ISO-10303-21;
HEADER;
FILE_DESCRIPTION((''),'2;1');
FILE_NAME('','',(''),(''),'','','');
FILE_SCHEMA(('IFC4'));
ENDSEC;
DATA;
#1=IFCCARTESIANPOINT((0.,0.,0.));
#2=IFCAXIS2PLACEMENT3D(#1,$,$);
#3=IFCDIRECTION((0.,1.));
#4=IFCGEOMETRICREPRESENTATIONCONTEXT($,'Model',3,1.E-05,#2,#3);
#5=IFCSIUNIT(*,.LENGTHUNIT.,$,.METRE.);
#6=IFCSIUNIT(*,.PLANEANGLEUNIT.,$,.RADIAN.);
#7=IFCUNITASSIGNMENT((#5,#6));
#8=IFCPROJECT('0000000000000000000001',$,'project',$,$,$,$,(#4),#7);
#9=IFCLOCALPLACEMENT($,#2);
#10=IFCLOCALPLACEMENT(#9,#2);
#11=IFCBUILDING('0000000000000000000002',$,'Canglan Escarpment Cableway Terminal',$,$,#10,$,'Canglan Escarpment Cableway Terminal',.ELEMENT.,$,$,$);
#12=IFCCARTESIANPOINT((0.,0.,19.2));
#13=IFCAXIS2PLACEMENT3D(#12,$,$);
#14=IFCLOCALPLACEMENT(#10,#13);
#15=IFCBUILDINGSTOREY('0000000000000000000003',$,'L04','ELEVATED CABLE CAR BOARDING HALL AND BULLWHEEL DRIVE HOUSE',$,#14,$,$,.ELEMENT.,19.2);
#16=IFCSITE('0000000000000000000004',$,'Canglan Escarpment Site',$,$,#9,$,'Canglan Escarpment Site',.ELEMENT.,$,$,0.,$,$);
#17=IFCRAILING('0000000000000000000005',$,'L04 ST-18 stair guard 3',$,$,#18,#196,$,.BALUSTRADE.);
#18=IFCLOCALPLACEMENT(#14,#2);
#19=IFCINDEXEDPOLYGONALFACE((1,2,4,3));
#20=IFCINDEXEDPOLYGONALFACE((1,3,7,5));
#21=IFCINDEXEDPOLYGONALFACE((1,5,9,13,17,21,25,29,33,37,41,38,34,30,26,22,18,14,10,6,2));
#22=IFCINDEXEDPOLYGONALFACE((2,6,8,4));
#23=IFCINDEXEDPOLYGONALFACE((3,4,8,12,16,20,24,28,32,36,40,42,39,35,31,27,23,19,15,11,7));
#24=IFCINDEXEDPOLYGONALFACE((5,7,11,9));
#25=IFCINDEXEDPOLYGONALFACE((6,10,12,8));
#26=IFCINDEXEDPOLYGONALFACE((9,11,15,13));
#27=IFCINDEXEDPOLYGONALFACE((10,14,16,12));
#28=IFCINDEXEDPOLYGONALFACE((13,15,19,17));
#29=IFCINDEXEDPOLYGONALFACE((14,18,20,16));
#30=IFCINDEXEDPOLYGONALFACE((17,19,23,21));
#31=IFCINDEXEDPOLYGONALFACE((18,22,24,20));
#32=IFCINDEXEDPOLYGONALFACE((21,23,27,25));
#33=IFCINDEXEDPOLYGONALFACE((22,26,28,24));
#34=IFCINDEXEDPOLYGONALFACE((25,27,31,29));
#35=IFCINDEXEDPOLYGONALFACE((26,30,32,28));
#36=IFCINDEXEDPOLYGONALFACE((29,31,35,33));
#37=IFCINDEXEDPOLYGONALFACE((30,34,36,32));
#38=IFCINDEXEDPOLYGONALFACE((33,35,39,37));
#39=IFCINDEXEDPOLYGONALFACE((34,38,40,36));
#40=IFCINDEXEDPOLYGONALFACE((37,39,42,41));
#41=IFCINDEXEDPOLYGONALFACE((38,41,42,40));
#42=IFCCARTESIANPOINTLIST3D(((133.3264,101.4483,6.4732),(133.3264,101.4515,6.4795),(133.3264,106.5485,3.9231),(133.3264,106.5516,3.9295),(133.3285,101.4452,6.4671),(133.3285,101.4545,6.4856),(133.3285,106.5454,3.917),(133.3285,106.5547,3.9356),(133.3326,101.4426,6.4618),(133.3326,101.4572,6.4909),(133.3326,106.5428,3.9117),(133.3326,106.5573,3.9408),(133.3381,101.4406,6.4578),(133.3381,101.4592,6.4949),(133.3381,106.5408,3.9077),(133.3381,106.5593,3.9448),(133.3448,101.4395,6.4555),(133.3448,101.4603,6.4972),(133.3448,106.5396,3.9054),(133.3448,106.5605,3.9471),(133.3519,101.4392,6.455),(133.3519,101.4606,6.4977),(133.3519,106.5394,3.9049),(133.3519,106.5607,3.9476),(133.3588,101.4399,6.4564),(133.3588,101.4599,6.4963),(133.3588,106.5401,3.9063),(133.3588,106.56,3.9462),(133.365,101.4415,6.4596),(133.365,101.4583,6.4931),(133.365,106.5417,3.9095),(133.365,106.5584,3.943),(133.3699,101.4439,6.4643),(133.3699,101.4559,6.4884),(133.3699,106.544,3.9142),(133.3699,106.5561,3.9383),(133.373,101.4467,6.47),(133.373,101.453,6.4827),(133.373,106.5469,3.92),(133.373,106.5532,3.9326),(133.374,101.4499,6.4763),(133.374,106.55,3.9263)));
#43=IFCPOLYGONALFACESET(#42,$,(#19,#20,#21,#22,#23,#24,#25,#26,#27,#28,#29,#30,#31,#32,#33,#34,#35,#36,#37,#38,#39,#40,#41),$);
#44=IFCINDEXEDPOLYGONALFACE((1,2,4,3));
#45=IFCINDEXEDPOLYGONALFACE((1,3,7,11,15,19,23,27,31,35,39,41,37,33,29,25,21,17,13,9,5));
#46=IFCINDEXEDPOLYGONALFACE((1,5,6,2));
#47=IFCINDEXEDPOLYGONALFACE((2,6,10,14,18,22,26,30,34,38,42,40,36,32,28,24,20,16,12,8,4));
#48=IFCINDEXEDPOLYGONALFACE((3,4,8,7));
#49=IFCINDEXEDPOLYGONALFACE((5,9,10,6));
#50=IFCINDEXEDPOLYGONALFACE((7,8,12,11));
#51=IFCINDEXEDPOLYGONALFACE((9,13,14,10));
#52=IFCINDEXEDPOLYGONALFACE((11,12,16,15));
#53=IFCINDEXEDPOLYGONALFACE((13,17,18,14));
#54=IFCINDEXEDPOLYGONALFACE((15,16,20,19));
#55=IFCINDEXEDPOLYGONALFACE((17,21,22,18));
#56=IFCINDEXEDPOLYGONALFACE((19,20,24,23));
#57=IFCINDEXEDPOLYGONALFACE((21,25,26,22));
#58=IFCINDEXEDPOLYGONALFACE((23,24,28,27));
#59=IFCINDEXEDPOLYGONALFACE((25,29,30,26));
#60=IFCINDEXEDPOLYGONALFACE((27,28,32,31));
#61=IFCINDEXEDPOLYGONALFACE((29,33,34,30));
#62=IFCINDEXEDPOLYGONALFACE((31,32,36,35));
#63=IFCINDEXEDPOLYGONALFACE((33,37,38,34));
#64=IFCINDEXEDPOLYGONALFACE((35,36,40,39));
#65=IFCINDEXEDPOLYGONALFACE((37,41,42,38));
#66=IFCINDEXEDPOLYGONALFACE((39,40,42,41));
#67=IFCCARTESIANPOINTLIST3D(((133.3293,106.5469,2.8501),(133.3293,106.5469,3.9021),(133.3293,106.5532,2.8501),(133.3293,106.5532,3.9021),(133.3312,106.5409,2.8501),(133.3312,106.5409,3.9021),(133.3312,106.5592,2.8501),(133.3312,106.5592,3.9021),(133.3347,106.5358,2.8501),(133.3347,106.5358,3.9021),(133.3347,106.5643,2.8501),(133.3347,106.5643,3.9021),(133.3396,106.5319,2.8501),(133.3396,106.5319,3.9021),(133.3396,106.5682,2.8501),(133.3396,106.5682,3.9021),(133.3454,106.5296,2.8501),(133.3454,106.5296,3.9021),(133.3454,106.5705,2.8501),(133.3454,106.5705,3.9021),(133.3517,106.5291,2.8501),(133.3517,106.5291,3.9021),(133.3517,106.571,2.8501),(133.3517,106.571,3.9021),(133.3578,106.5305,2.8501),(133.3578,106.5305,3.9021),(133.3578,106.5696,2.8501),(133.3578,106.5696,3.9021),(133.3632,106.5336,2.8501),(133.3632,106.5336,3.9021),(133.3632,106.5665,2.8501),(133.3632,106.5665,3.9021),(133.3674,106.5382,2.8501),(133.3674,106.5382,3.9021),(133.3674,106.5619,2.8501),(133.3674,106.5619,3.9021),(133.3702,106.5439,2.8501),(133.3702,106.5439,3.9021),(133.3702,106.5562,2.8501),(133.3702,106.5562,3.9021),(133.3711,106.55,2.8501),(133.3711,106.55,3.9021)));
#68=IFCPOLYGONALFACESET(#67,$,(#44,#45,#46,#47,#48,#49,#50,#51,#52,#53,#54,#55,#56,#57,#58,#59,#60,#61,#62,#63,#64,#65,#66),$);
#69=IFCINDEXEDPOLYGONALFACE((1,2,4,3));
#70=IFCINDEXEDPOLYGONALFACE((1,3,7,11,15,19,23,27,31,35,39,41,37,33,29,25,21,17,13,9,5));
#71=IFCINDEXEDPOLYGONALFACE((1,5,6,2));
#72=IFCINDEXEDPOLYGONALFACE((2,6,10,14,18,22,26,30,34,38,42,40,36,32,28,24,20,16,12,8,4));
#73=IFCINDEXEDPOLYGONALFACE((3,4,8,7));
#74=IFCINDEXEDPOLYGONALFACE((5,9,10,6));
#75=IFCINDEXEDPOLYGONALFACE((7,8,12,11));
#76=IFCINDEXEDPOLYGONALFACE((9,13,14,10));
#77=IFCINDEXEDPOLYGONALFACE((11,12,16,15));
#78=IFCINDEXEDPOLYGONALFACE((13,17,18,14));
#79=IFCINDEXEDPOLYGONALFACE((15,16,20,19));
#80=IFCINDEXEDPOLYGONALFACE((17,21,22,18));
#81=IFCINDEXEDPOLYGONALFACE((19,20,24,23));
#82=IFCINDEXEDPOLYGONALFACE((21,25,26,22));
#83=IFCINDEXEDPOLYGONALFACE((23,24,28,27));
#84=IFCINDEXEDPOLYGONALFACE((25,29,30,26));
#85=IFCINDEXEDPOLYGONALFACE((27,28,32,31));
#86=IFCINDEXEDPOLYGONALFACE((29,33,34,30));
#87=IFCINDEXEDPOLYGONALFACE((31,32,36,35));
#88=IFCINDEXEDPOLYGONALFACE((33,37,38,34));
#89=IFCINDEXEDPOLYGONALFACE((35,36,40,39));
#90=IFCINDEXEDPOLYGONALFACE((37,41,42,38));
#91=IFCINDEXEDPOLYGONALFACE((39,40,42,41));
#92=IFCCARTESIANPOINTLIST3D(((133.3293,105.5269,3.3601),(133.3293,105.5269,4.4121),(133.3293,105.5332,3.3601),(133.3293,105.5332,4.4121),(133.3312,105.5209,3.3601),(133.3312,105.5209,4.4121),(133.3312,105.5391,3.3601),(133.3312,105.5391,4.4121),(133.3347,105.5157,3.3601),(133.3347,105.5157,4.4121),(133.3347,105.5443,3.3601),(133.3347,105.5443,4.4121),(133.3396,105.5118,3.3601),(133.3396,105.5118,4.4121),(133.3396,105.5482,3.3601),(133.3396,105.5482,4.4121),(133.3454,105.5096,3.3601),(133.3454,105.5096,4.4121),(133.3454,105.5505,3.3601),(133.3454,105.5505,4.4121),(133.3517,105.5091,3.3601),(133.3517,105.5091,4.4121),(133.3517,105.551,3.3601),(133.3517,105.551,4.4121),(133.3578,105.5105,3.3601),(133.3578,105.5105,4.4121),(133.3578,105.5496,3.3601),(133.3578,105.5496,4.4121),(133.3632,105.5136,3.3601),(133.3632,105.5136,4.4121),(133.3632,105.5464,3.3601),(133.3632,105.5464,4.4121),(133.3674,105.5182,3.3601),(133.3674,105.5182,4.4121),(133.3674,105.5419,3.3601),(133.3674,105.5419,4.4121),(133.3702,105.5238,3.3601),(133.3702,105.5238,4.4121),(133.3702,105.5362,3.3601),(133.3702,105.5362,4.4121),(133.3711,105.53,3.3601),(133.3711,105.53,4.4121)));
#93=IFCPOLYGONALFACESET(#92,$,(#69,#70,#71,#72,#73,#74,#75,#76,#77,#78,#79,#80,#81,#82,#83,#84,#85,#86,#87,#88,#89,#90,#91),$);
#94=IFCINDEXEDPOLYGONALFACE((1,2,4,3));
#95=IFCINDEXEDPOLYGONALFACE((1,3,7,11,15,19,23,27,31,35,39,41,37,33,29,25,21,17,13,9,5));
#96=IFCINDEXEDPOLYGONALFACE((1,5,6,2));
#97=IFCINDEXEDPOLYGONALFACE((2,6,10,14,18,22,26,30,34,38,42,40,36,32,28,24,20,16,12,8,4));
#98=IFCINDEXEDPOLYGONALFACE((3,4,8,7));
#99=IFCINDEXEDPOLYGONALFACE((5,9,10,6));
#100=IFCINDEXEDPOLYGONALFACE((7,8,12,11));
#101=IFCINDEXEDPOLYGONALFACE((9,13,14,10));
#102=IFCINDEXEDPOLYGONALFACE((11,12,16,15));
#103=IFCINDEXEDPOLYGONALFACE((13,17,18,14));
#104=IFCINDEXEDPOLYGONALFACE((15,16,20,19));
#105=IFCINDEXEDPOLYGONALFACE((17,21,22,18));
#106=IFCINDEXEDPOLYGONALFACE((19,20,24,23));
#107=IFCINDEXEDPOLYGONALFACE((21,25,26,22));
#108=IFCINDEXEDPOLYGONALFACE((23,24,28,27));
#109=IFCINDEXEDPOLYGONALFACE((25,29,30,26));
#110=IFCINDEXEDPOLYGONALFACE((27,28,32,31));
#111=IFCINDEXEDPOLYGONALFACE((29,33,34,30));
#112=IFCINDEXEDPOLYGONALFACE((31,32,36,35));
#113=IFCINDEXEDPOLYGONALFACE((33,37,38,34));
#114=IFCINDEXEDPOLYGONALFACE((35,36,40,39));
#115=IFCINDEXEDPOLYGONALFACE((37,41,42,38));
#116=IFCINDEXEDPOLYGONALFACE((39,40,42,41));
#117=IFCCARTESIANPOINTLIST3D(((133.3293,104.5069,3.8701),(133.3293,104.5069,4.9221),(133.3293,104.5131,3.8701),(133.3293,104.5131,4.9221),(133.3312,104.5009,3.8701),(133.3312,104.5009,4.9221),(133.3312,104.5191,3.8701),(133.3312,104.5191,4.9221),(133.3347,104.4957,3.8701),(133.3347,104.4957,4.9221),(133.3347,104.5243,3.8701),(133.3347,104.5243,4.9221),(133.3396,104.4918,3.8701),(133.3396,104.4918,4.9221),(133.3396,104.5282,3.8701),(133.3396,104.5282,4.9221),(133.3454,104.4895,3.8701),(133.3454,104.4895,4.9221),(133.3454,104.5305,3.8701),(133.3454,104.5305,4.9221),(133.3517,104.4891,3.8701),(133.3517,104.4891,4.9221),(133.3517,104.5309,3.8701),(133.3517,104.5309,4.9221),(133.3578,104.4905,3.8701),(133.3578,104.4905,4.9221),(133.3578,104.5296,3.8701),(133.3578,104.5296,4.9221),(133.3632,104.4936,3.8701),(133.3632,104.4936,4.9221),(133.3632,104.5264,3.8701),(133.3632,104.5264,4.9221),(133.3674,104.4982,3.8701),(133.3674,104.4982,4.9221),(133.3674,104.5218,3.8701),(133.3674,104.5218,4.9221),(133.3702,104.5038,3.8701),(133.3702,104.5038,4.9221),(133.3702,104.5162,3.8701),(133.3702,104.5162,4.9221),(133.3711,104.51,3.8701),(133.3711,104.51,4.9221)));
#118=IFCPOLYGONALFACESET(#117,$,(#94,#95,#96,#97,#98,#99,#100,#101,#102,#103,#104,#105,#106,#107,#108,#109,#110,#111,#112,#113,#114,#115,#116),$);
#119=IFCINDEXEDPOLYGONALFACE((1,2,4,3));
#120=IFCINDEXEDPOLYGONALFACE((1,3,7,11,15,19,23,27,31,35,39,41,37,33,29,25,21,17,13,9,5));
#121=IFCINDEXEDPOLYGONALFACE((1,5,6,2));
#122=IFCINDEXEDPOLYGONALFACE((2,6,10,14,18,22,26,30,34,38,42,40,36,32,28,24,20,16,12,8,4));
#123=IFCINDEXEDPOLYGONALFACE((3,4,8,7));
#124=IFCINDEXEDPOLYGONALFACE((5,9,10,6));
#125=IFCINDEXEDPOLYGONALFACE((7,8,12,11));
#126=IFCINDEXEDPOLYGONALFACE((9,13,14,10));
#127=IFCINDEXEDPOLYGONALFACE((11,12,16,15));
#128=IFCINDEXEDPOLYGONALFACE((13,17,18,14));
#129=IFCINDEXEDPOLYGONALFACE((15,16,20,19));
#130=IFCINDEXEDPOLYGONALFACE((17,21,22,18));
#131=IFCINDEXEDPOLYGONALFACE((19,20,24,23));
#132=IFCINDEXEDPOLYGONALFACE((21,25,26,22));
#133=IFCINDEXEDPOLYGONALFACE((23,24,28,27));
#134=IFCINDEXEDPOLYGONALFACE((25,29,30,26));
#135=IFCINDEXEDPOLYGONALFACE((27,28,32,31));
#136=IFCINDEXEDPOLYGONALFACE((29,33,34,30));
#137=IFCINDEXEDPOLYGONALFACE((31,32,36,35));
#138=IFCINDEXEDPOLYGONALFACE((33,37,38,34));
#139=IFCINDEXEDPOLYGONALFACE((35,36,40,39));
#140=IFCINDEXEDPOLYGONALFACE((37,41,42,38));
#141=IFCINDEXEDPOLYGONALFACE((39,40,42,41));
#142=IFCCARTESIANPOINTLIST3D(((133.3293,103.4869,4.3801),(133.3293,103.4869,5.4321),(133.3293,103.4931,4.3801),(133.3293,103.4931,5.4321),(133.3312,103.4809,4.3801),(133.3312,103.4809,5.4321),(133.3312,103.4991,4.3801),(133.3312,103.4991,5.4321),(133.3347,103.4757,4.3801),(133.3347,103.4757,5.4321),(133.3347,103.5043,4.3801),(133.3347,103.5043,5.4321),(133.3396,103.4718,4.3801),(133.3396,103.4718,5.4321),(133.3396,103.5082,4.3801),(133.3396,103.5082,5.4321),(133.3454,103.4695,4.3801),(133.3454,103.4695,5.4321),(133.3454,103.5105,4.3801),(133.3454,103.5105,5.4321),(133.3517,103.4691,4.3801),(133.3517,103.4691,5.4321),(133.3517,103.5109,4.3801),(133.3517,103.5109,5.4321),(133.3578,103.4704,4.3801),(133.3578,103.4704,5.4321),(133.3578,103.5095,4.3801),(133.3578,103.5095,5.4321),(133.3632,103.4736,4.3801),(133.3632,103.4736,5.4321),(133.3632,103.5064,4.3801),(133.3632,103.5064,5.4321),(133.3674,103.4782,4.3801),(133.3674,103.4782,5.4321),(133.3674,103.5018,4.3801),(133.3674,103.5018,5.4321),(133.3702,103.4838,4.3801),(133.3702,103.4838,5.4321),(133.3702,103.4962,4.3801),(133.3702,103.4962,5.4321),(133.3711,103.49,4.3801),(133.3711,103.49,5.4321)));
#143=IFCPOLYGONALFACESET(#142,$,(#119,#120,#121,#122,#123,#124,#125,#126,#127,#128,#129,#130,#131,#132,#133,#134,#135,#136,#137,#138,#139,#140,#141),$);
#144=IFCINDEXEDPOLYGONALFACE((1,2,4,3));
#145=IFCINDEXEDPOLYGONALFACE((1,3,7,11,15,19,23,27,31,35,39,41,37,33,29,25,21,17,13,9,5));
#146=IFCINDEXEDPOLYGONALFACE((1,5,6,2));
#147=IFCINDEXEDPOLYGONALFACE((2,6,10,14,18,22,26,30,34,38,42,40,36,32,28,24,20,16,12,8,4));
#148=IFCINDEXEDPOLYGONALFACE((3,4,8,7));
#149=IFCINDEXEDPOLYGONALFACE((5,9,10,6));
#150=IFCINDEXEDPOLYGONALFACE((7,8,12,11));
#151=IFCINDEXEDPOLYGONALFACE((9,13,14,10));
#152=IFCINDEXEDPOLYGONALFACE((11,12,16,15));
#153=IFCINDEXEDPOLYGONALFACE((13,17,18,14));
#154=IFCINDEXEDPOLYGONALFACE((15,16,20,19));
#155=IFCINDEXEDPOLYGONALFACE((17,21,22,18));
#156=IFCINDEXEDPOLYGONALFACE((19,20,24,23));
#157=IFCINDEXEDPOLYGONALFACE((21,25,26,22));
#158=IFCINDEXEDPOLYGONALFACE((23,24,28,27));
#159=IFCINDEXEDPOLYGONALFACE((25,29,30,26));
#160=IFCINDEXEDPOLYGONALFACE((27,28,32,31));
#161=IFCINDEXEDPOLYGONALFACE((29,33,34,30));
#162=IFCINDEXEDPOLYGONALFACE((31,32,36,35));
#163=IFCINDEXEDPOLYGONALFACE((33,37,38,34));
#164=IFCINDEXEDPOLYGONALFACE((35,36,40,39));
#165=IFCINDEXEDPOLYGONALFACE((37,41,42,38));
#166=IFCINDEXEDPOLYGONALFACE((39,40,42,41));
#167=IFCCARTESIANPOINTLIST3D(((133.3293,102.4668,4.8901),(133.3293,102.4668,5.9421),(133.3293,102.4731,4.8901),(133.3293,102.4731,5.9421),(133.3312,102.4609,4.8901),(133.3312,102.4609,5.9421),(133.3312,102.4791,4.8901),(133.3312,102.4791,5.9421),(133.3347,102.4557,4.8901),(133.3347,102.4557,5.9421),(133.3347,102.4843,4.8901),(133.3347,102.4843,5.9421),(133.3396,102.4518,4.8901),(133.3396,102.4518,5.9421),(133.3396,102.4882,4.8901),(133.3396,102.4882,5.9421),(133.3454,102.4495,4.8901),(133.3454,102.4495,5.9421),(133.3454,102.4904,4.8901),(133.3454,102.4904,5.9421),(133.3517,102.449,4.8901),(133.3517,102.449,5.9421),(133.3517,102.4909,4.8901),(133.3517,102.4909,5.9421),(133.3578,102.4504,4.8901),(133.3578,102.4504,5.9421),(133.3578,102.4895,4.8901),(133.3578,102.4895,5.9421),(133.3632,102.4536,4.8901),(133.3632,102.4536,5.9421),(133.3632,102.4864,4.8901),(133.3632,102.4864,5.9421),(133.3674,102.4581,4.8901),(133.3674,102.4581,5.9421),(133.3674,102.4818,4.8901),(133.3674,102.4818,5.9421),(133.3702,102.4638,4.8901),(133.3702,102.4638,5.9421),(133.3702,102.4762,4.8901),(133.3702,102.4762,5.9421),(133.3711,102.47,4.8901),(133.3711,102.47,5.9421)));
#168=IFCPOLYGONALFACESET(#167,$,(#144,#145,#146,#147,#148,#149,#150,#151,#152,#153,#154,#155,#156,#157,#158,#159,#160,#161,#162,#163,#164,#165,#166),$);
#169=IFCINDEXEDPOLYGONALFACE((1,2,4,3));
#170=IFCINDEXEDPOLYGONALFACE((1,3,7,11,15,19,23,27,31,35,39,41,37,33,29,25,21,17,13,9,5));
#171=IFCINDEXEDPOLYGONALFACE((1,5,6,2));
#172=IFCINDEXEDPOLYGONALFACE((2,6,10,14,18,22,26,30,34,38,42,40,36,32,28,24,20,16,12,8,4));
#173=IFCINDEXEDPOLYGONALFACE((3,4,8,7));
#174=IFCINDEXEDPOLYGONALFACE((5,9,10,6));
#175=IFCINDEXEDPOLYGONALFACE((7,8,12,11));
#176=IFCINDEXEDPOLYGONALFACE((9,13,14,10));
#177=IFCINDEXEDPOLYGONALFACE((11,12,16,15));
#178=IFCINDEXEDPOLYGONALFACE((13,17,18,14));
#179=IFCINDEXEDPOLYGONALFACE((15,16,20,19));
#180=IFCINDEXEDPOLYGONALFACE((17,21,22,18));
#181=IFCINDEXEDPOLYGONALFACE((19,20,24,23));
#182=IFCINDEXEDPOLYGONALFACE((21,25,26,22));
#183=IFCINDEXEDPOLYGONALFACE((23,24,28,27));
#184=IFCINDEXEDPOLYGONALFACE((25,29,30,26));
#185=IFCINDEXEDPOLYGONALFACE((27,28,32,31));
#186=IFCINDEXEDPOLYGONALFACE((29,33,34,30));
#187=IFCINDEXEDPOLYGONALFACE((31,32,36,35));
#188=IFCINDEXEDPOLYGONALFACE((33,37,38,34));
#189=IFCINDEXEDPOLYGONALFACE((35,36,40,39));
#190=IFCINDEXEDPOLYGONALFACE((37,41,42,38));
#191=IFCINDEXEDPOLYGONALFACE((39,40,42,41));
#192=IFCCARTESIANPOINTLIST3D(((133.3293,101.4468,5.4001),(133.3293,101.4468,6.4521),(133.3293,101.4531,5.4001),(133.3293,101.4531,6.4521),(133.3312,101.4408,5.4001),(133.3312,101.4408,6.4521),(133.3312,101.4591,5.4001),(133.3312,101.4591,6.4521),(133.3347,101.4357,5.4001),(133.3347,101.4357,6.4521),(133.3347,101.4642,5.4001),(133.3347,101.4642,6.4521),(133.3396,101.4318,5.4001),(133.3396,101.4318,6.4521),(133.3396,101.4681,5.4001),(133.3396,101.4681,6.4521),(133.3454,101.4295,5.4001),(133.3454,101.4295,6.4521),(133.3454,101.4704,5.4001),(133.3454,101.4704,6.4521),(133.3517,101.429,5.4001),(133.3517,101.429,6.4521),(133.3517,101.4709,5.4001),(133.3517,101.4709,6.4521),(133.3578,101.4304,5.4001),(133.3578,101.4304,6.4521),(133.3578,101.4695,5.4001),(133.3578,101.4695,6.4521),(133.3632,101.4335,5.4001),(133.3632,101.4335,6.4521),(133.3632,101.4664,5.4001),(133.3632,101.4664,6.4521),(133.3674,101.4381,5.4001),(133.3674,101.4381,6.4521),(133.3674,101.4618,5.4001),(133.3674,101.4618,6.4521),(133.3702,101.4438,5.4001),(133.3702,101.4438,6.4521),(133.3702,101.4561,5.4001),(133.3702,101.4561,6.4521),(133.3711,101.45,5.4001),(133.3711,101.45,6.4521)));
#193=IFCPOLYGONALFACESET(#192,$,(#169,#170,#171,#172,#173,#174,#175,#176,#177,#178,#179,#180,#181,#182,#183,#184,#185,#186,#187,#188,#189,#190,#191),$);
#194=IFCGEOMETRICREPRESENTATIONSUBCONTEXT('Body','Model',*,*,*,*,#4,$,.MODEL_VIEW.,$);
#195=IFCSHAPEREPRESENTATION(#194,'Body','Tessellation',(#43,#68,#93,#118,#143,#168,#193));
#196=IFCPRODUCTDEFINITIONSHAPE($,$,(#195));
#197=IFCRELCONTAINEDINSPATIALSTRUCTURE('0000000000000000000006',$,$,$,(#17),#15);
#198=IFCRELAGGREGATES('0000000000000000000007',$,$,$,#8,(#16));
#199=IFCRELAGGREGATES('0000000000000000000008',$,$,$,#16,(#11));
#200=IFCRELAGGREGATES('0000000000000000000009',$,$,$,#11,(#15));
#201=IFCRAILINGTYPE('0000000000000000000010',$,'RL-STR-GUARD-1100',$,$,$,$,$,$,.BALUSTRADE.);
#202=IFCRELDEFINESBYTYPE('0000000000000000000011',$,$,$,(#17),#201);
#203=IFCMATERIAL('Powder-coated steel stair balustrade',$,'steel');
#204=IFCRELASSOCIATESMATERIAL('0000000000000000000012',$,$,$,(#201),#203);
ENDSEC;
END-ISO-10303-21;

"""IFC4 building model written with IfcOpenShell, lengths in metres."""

from ifc_helpers import new_model, si_unit, direction, frame, origin, origin_2d, place, context, subcontext, project, spatial, circle, extrude, material, type_object, element, save


model = new_model("IFC4")

# Units and contexts
model_context = context("Model", 3, precision=1e-05, world=origin(), true_north=direction((0.0, 1.0)))
body_context = subcontext(model_context, "Body", "Model", "MODEL_VIEW")
ifc_project = project(units=[si_unit("LENGTHUNIT", "METRE"), si_unit("PLANEANGLEUNIT", "RADIAN")], contexts=[model_context])

# Site, building, storey
site_placement = place(None, origin())
site = spatial("IfcSite", under=ifc_project, at=site_placement, Name="Canglan Escarpment Site", LongName="Canglan Escarpment Site", CompositionType="ELEMENT", RefElevation=0.0)
building_placement = place(site_placement, origin())
building = spatial("IfcBuilding", under=site, at=building_placement, Name="Canglan Escarpment Cableway Terminal", LongName="Canglan Escarpment Cableway Terminal", CompositionType="ELEMENT")
storey_placement = place(building_placement, frame((0.0, 0.0, 19.2)))
storey = spatial("IfcBuildingStorey", under=building, at=storey_placement, Name="L04", Description="ELEVATED CABLE CAR BOARDING HALL AND BULLWHEEL DRIVE HOUSE", CompositionType="ELEMENT", Elevation=19.2)

# Railing
ifc_material_1 = material(Name="Powder-coated steel stair balustrade", Category="steel")
railing_type_1 = type_object("IfcRailingType", Name="RL-STR-GUARD-1100", PredefinedType="BALUSTRADE", material=ifc_material_1)
railing_1_placement = place(storey_placement, frame((133.3501, 106.55, 2.8501)))
element("IfcRailing", 1, at=railing_1_placement, inside=storey, type_object=railing_type_1, Name="L04 ST-18 stair guard 3", PredefinedType="BALUSTRADE", context=body_context, shape_type="SweptSolid", body=[
    extrude(circle(Radius=0.0239, at=origin_2d()), frame((0.0, 0.0, 1.0762), z_axis=(0.0, -0.894427, 0.447214), x_axis=(1.0, 0.0, 0.0)), (0.0, 0.0, 1.0), 5.7021),
    extrude(circle(Radius=0.021, at=origin_2d()), origin(), (0.0, 0.0, 1.0), 1.052),
    extrude(circle(Radius=0.021, at=origin_2d()), frame((0.0, -1.02, 0.51)), (0.0, 0.0, 1.0), 1.052),
    extrude(circle(Radius=0.021, at=origin_2d()), frame((0.0, -2.04, 1.02)), (0.0, 0.0, 1.0), 1.052),
    extrude(circle(Radius=0.021, at=origin_2d()), frame((0.0, -3.0601, 1.53)), (0.0, 0.0, 1.0), 1.052),
    extrude(circle(Radius=0.021, at=origin_2d()), frame((0.0, -4.0801, 2.04)), (0.0, 0.0, 1.0), 1.052),
    extrude(circle(Radius=0.021, at=origin_2d()), frame((0.0, -5.1001, 2.55)), (0.0, 0.0, 1.0), 1.052),
])

save(model, "model.ifc")
